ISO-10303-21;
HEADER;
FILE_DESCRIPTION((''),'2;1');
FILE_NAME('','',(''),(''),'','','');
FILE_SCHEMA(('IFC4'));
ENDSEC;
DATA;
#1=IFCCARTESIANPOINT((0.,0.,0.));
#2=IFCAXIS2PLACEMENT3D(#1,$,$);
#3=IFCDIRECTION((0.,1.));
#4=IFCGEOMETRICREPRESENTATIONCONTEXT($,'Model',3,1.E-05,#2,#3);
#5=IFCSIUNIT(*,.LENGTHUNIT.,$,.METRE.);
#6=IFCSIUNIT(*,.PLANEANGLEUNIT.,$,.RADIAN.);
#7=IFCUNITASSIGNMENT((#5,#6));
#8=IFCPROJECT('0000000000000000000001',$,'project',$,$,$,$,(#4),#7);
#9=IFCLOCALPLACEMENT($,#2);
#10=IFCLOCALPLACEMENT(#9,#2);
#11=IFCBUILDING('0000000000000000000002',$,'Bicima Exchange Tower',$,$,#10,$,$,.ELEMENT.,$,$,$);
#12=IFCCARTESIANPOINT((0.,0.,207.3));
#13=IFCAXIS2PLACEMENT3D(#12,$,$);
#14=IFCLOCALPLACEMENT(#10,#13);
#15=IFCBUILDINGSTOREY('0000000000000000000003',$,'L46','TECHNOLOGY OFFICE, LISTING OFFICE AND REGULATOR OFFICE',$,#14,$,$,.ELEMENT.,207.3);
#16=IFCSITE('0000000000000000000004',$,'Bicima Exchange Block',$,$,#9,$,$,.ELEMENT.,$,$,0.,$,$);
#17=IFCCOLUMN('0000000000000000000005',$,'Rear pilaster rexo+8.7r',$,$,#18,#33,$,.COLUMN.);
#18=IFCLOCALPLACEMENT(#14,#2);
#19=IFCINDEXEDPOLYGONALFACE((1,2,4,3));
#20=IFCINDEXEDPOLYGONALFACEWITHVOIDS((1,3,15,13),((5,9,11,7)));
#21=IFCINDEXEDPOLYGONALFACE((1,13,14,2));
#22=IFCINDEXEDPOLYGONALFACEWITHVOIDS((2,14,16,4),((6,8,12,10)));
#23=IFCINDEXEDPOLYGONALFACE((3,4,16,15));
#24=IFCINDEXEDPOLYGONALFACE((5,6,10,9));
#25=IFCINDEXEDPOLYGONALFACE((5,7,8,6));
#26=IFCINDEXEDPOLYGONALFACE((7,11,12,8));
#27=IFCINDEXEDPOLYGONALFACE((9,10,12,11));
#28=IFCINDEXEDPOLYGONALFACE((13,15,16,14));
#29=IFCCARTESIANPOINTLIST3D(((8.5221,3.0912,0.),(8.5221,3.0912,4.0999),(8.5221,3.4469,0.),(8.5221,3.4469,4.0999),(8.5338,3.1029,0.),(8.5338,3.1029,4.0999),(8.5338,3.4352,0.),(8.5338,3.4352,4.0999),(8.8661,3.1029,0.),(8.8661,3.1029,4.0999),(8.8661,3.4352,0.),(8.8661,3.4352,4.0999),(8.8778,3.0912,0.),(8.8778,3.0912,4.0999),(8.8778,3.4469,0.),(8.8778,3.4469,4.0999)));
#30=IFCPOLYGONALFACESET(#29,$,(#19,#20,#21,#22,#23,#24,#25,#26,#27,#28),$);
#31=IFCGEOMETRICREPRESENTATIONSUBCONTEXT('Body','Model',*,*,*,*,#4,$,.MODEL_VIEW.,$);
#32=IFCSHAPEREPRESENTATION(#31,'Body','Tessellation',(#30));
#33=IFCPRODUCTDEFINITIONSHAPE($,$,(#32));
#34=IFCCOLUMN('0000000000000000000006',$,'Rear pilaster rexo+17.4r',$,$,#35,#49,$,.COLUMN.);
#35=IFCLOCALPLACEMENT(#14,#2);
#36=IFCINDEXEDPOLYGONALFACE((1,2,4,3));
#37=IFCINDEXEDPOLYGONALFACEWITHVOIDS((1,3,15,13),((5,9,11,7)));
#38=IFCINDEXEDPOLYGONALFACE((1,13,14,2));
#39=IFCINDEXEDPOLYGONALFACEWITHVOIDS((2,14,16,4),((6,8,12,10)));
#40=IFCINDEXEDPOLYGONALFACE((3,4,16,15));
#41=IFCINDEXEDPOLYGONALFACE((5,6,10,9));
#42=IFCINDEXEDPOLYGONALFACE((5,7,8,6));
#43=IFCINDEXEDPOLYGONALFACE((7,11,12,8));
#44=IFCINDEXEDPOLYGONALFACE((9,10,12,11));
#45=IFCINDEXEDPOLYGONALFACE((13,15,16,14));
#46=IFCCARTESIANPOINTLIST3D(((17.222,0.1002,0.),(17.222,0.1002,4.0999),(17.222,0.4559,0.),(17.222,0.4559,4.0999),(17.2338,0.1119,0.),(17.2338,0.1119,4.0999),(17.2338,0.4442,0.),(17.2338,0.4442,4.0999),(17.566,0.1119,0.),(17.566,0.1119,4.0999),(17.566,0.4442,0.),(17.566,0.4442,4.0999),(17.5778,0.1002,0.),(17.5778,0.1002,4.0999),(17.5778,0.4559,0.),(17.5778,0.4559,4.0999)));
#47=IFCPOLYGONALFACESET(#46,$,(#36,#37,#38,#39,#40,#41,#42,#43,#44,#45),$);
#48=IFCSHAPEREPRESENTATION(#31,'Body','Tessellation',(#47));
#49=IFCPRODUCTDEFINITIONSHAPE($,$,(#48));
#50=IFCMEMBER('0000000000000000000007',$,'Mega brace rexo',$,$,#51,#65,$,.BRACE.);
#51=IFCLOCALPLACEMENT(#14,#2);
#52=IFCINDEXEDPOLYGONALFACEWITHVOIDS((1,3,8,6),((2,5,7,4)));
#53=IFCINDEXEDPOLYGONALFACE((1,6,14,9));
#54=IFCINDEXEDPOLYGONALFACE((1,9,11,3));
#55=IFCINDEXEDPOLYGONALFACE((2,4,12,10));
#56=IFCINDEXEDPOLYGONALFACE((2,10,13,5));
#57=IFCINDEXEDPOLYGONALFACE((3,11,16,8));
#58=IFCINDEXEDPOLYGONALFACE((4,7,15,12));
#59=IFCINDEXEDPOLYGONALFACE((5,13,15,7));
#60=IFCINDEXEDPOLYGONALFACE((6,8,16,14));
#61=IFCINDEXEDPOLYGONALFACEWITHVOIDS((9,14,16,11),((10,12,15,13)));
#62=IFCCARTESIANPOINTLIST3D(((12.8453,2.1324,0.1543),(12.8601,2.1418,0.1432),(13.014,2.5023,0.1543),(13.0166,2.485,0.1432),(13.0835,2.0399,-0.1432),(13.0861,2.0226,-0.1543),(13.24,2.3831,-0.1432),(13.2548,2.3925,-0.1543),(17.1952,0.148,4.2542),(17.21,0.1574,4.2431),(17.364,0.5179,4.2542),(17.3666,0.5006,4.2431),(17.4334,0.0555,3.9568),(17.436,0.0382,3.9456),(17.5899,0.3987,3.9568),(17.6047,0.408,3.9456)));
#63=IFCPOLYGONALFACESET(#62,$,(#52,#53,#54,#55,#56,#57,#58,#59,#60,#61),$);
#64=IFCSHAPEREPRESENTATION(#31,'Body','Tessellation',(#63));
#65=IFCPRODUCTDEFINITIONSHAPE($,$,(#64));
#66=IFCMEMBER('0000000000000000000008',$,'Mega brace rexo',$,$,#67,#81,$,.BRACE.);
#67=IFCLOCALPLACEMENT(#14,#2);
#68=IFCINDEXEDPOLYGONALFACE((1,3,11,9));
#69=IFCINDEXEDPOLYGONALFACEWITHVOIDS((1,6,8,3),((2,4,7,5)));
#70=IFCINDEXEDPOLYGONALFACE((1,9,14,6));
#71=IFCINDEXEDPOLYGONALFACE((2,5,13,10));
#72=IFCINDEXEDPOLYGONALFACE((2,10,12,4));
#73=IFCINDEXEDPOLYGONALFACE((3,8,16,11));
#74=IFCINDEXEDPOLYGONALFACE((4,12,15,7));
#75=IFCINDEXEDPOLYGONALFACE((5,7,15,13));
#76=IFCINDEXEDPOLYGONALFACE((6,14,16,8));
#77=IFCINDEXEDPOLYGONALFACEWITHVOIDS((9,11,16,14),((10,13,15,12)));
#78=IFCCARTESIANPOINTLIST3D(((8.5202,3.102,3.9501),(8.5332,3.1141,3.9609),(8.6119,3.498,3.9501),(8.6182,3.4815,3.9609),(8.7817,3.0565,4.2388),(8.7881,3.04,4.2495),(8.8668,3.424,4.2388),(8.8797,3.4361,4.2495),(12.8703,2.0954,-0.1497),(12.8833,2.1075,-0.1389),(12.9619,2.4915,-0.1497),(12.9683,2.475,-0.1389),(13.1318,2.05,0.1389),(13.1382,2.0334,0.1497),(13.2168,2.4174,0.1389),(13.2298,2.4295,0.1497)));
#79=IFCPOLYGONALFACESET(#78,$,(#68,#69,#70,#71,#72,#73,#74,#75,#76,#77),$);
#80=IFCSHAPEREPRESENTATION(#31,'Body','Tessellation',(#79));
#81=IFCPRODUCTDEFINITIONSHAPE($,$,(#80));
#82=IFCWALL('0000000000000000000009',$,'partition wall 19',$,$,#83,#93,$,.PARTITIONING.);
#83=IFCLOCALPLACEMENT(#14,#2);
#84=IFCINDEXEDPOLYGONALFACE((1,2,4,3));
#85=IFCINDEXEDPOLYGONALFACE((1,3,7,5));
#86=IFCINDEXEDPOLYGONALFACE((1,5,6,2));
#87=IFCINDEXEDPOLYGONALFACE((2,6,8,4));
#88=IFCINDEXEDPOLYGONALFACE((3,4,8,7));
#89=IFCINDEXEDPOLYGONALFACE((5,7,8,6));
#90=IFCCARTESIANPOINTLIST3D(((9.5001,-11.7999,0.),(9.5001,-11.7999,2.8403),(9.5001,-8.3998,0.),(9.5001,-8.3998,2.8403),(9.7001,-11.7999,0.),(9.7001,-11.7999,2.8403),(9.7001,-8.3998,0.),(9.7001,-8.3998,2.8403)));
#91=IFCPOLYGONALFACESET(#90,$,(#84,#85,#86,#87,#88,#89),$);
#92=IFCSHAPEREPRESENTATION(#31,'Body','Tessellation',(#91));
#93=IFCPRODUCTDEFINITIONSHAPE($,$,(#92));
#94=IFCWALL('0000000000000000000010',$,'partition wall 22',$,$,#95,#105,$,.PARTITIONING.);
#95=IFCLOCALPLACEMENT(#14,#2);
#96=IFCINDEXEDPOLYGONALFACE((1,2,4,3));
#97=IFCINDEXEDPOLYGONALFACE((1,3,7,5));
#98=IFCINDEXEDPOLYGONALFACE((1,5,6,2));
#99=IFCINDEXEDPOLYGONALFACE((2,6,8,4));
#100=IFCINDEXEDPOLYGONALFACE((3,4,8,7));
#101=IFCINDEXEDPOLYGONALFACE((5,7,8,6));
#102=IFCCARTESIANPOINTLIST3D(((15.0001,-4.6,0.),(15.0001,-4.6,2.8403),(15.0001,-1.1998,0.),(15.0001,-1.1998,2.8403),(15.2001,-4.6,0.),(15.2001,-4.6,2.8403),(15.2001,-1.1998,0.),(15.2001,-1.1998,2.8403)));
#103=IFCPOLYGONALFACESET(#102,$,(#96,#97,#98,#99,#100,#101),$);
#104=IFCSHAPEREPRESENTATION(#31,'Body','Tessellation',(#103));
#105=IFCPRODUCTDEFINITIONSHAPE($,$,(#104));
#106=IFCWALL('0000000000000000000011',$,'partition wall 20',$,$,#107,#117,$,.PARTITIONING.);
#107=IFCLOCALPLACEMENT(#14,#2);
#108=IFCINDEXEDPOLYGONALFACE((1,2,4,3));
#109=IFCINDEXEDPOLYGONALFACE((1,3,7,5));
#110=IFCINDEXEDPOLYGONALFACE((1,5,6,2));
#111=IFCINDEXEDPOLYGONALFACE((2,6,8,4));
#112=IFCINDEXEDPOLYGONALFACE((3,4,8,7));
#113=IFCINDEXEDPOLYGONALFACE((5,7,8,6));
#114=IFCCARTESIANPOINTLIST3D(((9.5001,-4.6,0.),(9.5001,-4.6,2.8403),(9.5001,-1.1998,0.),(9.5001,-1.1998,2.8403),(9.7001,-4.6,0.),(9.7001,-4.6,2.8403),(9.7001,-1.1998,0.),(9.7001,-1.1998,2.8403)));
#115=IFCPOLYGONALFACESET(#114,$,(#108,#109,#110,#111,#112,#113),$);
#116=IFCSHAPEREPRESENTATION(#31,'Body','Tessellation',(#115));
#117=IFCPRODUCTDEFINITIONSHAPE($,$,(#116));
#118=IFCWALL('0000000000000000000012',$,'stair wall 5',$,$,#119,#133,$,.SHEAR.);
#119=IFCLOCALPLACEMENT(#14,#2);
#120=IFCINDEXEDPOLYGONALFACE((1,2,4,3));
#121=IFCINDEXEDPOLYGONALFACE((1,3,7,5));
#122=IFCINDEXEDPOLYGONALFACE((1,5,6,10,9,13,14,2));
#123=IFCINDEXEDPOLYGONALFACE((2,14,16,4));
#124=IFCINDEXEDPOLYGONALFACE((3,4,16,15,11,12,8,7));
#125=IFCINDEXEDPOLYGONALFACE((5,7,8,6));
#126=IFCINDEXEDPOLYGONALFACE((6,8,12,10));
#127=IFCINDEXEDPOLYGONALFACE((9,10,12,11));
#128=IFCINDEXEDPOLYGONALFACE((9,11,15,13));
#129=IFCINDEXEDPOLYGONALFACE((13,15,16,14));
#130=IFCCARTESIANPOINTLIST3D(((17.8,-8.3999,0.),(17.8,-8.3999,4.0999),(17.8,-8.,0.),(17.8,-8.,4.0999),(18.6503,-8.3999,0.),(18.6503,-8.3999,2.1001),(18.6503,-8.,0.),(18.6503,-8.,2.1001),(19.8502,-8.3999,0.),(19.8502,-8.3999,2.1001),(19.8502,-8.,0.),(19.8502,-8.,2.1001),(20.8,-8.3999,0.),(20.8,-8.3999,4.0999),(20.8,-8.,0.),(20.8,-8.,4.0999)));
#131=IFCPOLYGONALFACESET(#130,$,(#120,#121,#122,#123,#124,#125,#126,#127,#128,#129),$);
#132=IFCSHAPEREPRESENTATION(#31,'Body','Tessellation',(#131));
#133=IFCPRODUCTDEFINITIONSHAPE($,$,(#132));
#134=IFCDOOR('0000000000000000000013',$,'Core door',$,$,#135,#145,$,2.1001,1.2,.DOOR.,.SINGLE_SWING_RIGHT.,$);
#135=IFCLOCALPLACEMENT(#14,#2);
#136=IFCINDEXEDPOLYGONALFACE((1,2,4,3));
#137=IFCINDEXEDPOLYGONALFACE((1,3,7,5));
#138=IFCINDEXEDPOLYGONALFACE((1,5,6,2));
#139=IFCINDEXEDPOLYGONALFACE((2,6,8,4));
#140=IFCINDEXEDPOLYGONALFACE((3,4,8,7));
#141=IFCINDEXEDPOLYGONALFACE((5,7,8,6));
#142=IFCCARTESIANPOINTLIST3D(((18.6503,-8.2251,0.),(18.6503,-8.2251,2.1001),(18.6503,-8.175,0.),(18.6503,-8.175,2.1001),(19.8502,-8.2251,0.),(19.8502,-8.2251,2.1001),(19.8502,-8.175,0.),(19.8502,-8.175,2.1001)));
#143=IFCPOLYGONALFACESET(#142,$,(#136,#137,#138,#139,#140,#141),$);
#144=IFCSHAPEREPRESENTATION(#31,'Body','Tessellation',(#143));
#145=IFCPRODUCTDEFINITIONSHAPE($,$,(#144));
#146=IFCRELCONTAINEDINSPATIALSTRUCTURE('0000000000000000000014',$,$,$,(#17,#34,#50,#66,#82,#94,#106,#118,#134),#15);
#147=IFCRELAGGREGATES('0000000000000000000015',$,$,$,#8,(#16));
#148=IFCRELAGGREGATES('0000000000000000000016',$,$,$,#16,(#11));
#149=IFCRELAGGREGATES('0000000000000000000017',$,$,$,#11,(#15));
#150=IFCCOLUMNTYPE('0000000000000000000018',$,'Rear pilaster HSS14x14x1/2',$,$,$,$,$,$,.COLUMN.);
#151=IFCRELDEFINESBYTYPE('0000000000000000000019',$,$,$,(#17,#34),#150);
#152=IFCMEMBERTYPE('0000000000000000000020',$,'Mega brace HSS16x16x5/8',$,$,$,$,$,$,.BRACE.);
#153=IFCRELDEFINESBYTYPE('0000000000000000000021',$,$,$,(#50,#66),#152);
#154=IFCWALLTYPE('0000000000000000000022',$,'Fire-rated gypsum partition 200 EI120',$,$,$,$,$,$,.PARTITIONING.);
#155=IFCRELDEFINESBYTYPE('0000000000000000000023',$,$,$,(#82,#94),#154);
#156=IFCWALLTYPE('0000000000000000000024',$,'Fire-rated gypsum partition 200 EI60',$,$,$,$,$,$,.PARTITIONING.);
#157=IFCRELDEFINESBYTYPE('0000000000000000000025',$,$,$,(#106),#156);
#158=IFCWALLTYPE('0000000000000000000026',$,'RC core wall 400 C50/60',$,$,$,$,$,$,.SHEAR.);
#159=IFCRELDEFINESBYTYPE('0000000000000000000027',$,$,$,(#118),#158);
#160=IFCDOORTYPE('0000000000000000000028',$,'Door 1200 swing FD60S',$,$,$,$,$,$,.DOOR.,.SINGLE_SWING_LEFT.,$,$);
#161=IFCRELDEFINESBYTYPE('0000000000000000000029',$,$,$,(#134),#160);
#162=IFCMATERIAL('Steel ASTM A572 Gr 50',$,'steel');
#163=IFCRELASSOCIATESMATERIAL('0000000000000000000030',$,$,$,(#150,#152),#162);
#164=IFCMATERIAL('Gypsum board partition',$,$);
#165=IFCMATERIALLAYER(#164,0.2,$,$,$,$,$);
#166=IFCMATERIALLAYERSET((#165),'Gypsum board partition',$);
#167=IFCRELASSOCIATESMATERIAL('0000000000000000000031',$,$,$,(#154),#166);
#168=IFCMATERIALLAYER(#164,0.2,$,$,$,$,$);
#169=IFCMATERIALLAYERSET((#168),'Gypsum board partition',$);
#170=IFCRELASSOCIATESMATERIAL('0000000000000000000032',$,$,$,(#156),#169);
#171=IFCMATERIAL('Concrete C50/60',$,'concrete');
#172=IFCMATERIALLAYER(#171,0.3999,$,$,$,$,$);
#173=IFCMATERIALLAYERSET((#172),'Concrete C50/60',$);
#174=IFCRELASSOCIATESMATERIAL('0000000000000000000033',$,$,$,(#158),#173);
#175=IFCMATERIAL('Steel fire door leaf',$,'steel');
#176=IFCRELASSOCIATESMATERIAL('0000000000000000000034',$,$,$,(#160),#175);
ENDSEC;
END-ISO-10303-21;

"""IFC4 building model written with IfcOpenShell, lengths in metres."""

from ifc_helpers import new_model, si_unit, direction, frame, frame_2d, origin, origin_2d, place, context, subcontext, project, spatial, rectangle, hollow_rectangle, extrude, material, layer, layer_set, material_profile, profile_set, type_object, element, fill, save


model = new_model("IFC4")

# Units and contexts
model_context = context("Model", 3, precision=1e-05, world=origin(), true_north=direction((0.0, 1.0)))
body_context = subcontext(model_context, "Body", "Model", "MODEL_VIEW")
ifc_project = project(units=[si_unit("LENGTHUNIT", "METRE"), si_unit("PLANEANGLEUNIT", "RADIAN")], contexts=[model_context])

# Site, building, storey
site_placement = place(None, origin())
site = spatial("IfcSite", under=ifc_project, at=site_placement, Name="Bicima Exchange Block", CompositionType="ELEMENT", RefElevation=0.0)
building_placement = place(site_placement, origin())
building = spatial("IfcBuilding", under=site, at=building_placement, Name="Bicima Exchange Tower", CompositionType="ELEMENT")
storey_placement = place(building_placement, frame((0.0, 0.0, 207.3)))
storey = spatial("IfcBuildingStorey", under=building, at=storey_placement, Name="L46", Description="TECHNOLOGY OFFICE, LISTING OFFICE AND REGULATOR OFFICE", CompositionType="ELEMENT", Elevation=207.3)

# Columns
ifc_material_1 = material(Name="Steel ASTM A572 Gr 50", Category="steel")
ifc_material_profile_1 = material_profile(ifc_material_1, hollow_rectangle(XDim=0.3557, YDim=0.3557, WallThickness=0.0117, at=origin_2d()))
ifc_profile_set_1 = profile_set([ifc_material_profile_1], Name="Steel ASTM A572 Gr 50")
column_type = type_object("IfcColumnType", Name="Rear pilaster HSS14x14x1/2", PredefinedType="COLUMN", material=ifc_profile_set_1)
for number, where, z_axis, x_axis, name in (
    (1, (8.7, 3.269, 0.0), (0.0, 0.0, 1.0), (1.0, 0.0, 0.0), "Rear pilaster rexo+8.7r"),
    (2, (17.3999, 0.2781, 0.0), (0.0, 0.0, 1.0), (1.0, 0.0, 0.0), "Rear pilaster rexo+17.4r"),
):
    element("IfcColumn", number, at=place(storey_placement, frame(where, z_axis=z_axis, x_axis=x_axis)), inside=storey, type_object=column_type, Name=name, PredefinedType="COLUMN", context=body_context, shape_type="SweptSolid", body=[
        extrude(hollow_rectangle(XDim=0.3557, YDim=0.3557, WallThickness=0.0117, at=origin_2d()), origin(), (0.0, 0.0, 1.0), 4.0999),
    ])

# Members
ifc_material_profile_2 = material_profile(ifc_material_1, hollow_rectangle(XDim=0.4065, YDim=0.4065, WallThickness=0.0146, at=origin_2d()))
ifc_profile_set_2 = profile_set([ifc_material_profile_2], Name="Steel ASTM A572 Gr 50")
member_type = type_object("IfcMemberType", Name="Mega brace HSS16x16x5/8", PredefinedType="BRACE", material=ifc_profile_set_2)
member_1_placement = place(storey_placement, frame((13.05, 2.2625, 0.0), z_axis=(0.690646, -0.315068, 0.650953), x_axis=(0.415045, 0.909801, 0.0)))
element("IfcMember", 3, at=member_1_placement, inside=storey, type_object=member_type, Name="Mega brace rexo", PredefinedType="BRACE", context=body_context, shape_type="SweptSolid", body=[
    extrude(hollow_rectangle(XDim=0.4065, YDim=0.4065, WallThickness=0.0146, at=origin_2d()), origin(), (0.0, 0.0, 1.0), 6.2983),
])
member_2_placement = place(storey_placement, frame((13.05, 2.2625, 0.0), z_axis=(-0.717625, 0.166055, 0.676343), x_axis=(-0.225439, -0.974257, 0.0)))
element("IfcMember", 4, at=member_2_placement, inside=storey, type_object=member_type, Name="Mega brace rexo", PredefinedType="BRACE", context=body_context, shape_type="SweptSolid", body=[
    extrude(hollow_rectangle(XDim=0.4065, YDim=0.4065, WallThickness=0.0146, at=origin_2d()), origin(), (0.0, 0.0, 1.0), 6.0618),
])

# Walls
ifc_material_2 = material(Name="Gypsum board partition")
ifc_layer_1 = layer(ifc_material_2, 0.2)
ifc_layer_set_1 = layer_set([ifc_layer_1], Name="Gypsum board partition")
wall_type_1 = type_object("IfcWallType", Name="Fire-rated gypsum partition 200 EI120", PredefinedType="PARTITIONING", material=ifc_layer_set_1)
for number, where, z_axis, x_axis, name in (
    (5, (9.6001, -11.8, 0.0), (0.0, 0.0, 1.0), (0.0, 1.0, 0.0), "partition wall 19"),
    (6, (15.1001, -4.6001, 0.0), (0.0, 0.0, 1.0), (0.0, 1.0, 0.0), "partition wall 22"),
):
    element("IfcWall", number, at=place(storey_placement, frame(where, z_axis=z_axis, x_axis=x_axis)), inside=storey, type_object=wall_type_1, Name=name, PredefinedType="PARTITIONING", context=body_context, shape_type="SweptSolid", body=[
        extrude(rectangle(XDim=3.4001, YDim=0.2, at=frame_2d((1.7002, 0.0))), origin(), (0.0, 0.0, 1.0), 2.8403),
    ])
ifc_layer_2 = layer(ifc_material_2, 0.2)
ifc_layer_set_2 = layer_set([ifc_layer_2], Name="Gypsum board partition")
wall_type_2 = type_object("IfcWallType", Name="Fire-rated gypsum partition 200 EI60", PredefinedType="PARTITIONING", material=ifc_layer_set_2)
wall_1_placement = place(storey_placement, frame((9.6001, -4.6001, 0.0), z_axis=(0.0, 0.0, 1.0), x_axis=(0.0, 1.0, 0.0)))
element("IfcWall", 7, at=wall_1_placement, inside=storey, type_object=wall_type_2, Name="partition wall 20", PredefinedType="PARTITIONING", context=body_context, shape_type="SweptSolid", body=[
    extrude(rectangle(XDim=3.4001, YDim=0.2, at=frame_2d((1.7002, 0.0))), origin(), (0.0, 0.0, 1.0), 2.8403),
])

# Wall, opening, door
ifc_material_3 = material(Name="Concrete C50/60", Category="concrete")
ifc_layer_3 = layer(ifc_material_3, 0.3999)
ifc_layer_set_3 = layer_set([ifc_layer_3], Name="Concrete C50/60")
wall_type_3 = type_object("IfcWallType", Name="RC core wall 400 C50/60", PredefinedType="SHEAR", material=ifc_layer_set_3)
wall_2_placement = place(storey_placement, frame((17.8, -8.2, 0.0), z_axis=(0.0, 0.0, 1.0), x_axis=(1.0, 0.0, 0.0)))
wall_2 = element("IfcWall", 8, at=wall_2_placement, inside=storey, type_object=wall_type_3, Name="stair wall 5", PredefinedType="SHEAR", context=body_context, shape_type="SweptSolid", body=[
    extrude(rectangle(XDim=3.0, YDim=0.3999, at=frame_2d((1.5, 0.0))), origin(), (0.0, 0.0, 1.0), 4.0999),
])
opening_1_placement = place(wall_2_placement, frame((0.8501, 0.0, 0.0)))
opening_1 = element("IfcOpeningElement", 9, at=opening_1_placement, cuts=wall_2, PredefinedType="OPENING", context=body_context, shape_type="SweptSolid", body=[
    extrude(rectangle(XDim=1.2, YDim=2.1001, at=frame_2d((0.6001, 1.05))), frame((0.0, 0.2119, 0.0), z_axis=(0.0, -1.0, 0.0), x_axis=(1.0, 0.0, 0.0)), (0.0, 0.0, 1.0), 0.4238),
])
ifc_material_4 = material(Name="Steel fire door leaf", Category="steel")
door_type_1 = type_object("IfcDoorType", Name="Door 1200 swing FD60S", OperationType="SINGLE_SWING_LEFT", PredefinedType="DOOR", material=ifc_material_4)
door_1_placement = place(opening_1_placement, origin())
door_1 = element("IfcDoor", 10, at=door_1_placement, inside=storey, type_object=door_type_1, Name="Core door", OperationType="SINGLE_SWING_RIGHT", OverallHeight=2.1001, OverallWidth=1.2, PredefinedType="DOOR", context=body_context, shape_type="SweptSolid", body=[
    extrude(rectangle(XDim=1.2, YDim=2.1001, at=frame_2d((0.6001, 1.05))), frame((0.0, 0.0249, 0.0), z_axis=(0.0, -1.0, 0.0), x_axis=(1.0, 0.0, 0.0)), (0.0, 0.0, 1.0), 0.05),
])
fill(opening_1, door_1)

save(model, "model.ifc")
